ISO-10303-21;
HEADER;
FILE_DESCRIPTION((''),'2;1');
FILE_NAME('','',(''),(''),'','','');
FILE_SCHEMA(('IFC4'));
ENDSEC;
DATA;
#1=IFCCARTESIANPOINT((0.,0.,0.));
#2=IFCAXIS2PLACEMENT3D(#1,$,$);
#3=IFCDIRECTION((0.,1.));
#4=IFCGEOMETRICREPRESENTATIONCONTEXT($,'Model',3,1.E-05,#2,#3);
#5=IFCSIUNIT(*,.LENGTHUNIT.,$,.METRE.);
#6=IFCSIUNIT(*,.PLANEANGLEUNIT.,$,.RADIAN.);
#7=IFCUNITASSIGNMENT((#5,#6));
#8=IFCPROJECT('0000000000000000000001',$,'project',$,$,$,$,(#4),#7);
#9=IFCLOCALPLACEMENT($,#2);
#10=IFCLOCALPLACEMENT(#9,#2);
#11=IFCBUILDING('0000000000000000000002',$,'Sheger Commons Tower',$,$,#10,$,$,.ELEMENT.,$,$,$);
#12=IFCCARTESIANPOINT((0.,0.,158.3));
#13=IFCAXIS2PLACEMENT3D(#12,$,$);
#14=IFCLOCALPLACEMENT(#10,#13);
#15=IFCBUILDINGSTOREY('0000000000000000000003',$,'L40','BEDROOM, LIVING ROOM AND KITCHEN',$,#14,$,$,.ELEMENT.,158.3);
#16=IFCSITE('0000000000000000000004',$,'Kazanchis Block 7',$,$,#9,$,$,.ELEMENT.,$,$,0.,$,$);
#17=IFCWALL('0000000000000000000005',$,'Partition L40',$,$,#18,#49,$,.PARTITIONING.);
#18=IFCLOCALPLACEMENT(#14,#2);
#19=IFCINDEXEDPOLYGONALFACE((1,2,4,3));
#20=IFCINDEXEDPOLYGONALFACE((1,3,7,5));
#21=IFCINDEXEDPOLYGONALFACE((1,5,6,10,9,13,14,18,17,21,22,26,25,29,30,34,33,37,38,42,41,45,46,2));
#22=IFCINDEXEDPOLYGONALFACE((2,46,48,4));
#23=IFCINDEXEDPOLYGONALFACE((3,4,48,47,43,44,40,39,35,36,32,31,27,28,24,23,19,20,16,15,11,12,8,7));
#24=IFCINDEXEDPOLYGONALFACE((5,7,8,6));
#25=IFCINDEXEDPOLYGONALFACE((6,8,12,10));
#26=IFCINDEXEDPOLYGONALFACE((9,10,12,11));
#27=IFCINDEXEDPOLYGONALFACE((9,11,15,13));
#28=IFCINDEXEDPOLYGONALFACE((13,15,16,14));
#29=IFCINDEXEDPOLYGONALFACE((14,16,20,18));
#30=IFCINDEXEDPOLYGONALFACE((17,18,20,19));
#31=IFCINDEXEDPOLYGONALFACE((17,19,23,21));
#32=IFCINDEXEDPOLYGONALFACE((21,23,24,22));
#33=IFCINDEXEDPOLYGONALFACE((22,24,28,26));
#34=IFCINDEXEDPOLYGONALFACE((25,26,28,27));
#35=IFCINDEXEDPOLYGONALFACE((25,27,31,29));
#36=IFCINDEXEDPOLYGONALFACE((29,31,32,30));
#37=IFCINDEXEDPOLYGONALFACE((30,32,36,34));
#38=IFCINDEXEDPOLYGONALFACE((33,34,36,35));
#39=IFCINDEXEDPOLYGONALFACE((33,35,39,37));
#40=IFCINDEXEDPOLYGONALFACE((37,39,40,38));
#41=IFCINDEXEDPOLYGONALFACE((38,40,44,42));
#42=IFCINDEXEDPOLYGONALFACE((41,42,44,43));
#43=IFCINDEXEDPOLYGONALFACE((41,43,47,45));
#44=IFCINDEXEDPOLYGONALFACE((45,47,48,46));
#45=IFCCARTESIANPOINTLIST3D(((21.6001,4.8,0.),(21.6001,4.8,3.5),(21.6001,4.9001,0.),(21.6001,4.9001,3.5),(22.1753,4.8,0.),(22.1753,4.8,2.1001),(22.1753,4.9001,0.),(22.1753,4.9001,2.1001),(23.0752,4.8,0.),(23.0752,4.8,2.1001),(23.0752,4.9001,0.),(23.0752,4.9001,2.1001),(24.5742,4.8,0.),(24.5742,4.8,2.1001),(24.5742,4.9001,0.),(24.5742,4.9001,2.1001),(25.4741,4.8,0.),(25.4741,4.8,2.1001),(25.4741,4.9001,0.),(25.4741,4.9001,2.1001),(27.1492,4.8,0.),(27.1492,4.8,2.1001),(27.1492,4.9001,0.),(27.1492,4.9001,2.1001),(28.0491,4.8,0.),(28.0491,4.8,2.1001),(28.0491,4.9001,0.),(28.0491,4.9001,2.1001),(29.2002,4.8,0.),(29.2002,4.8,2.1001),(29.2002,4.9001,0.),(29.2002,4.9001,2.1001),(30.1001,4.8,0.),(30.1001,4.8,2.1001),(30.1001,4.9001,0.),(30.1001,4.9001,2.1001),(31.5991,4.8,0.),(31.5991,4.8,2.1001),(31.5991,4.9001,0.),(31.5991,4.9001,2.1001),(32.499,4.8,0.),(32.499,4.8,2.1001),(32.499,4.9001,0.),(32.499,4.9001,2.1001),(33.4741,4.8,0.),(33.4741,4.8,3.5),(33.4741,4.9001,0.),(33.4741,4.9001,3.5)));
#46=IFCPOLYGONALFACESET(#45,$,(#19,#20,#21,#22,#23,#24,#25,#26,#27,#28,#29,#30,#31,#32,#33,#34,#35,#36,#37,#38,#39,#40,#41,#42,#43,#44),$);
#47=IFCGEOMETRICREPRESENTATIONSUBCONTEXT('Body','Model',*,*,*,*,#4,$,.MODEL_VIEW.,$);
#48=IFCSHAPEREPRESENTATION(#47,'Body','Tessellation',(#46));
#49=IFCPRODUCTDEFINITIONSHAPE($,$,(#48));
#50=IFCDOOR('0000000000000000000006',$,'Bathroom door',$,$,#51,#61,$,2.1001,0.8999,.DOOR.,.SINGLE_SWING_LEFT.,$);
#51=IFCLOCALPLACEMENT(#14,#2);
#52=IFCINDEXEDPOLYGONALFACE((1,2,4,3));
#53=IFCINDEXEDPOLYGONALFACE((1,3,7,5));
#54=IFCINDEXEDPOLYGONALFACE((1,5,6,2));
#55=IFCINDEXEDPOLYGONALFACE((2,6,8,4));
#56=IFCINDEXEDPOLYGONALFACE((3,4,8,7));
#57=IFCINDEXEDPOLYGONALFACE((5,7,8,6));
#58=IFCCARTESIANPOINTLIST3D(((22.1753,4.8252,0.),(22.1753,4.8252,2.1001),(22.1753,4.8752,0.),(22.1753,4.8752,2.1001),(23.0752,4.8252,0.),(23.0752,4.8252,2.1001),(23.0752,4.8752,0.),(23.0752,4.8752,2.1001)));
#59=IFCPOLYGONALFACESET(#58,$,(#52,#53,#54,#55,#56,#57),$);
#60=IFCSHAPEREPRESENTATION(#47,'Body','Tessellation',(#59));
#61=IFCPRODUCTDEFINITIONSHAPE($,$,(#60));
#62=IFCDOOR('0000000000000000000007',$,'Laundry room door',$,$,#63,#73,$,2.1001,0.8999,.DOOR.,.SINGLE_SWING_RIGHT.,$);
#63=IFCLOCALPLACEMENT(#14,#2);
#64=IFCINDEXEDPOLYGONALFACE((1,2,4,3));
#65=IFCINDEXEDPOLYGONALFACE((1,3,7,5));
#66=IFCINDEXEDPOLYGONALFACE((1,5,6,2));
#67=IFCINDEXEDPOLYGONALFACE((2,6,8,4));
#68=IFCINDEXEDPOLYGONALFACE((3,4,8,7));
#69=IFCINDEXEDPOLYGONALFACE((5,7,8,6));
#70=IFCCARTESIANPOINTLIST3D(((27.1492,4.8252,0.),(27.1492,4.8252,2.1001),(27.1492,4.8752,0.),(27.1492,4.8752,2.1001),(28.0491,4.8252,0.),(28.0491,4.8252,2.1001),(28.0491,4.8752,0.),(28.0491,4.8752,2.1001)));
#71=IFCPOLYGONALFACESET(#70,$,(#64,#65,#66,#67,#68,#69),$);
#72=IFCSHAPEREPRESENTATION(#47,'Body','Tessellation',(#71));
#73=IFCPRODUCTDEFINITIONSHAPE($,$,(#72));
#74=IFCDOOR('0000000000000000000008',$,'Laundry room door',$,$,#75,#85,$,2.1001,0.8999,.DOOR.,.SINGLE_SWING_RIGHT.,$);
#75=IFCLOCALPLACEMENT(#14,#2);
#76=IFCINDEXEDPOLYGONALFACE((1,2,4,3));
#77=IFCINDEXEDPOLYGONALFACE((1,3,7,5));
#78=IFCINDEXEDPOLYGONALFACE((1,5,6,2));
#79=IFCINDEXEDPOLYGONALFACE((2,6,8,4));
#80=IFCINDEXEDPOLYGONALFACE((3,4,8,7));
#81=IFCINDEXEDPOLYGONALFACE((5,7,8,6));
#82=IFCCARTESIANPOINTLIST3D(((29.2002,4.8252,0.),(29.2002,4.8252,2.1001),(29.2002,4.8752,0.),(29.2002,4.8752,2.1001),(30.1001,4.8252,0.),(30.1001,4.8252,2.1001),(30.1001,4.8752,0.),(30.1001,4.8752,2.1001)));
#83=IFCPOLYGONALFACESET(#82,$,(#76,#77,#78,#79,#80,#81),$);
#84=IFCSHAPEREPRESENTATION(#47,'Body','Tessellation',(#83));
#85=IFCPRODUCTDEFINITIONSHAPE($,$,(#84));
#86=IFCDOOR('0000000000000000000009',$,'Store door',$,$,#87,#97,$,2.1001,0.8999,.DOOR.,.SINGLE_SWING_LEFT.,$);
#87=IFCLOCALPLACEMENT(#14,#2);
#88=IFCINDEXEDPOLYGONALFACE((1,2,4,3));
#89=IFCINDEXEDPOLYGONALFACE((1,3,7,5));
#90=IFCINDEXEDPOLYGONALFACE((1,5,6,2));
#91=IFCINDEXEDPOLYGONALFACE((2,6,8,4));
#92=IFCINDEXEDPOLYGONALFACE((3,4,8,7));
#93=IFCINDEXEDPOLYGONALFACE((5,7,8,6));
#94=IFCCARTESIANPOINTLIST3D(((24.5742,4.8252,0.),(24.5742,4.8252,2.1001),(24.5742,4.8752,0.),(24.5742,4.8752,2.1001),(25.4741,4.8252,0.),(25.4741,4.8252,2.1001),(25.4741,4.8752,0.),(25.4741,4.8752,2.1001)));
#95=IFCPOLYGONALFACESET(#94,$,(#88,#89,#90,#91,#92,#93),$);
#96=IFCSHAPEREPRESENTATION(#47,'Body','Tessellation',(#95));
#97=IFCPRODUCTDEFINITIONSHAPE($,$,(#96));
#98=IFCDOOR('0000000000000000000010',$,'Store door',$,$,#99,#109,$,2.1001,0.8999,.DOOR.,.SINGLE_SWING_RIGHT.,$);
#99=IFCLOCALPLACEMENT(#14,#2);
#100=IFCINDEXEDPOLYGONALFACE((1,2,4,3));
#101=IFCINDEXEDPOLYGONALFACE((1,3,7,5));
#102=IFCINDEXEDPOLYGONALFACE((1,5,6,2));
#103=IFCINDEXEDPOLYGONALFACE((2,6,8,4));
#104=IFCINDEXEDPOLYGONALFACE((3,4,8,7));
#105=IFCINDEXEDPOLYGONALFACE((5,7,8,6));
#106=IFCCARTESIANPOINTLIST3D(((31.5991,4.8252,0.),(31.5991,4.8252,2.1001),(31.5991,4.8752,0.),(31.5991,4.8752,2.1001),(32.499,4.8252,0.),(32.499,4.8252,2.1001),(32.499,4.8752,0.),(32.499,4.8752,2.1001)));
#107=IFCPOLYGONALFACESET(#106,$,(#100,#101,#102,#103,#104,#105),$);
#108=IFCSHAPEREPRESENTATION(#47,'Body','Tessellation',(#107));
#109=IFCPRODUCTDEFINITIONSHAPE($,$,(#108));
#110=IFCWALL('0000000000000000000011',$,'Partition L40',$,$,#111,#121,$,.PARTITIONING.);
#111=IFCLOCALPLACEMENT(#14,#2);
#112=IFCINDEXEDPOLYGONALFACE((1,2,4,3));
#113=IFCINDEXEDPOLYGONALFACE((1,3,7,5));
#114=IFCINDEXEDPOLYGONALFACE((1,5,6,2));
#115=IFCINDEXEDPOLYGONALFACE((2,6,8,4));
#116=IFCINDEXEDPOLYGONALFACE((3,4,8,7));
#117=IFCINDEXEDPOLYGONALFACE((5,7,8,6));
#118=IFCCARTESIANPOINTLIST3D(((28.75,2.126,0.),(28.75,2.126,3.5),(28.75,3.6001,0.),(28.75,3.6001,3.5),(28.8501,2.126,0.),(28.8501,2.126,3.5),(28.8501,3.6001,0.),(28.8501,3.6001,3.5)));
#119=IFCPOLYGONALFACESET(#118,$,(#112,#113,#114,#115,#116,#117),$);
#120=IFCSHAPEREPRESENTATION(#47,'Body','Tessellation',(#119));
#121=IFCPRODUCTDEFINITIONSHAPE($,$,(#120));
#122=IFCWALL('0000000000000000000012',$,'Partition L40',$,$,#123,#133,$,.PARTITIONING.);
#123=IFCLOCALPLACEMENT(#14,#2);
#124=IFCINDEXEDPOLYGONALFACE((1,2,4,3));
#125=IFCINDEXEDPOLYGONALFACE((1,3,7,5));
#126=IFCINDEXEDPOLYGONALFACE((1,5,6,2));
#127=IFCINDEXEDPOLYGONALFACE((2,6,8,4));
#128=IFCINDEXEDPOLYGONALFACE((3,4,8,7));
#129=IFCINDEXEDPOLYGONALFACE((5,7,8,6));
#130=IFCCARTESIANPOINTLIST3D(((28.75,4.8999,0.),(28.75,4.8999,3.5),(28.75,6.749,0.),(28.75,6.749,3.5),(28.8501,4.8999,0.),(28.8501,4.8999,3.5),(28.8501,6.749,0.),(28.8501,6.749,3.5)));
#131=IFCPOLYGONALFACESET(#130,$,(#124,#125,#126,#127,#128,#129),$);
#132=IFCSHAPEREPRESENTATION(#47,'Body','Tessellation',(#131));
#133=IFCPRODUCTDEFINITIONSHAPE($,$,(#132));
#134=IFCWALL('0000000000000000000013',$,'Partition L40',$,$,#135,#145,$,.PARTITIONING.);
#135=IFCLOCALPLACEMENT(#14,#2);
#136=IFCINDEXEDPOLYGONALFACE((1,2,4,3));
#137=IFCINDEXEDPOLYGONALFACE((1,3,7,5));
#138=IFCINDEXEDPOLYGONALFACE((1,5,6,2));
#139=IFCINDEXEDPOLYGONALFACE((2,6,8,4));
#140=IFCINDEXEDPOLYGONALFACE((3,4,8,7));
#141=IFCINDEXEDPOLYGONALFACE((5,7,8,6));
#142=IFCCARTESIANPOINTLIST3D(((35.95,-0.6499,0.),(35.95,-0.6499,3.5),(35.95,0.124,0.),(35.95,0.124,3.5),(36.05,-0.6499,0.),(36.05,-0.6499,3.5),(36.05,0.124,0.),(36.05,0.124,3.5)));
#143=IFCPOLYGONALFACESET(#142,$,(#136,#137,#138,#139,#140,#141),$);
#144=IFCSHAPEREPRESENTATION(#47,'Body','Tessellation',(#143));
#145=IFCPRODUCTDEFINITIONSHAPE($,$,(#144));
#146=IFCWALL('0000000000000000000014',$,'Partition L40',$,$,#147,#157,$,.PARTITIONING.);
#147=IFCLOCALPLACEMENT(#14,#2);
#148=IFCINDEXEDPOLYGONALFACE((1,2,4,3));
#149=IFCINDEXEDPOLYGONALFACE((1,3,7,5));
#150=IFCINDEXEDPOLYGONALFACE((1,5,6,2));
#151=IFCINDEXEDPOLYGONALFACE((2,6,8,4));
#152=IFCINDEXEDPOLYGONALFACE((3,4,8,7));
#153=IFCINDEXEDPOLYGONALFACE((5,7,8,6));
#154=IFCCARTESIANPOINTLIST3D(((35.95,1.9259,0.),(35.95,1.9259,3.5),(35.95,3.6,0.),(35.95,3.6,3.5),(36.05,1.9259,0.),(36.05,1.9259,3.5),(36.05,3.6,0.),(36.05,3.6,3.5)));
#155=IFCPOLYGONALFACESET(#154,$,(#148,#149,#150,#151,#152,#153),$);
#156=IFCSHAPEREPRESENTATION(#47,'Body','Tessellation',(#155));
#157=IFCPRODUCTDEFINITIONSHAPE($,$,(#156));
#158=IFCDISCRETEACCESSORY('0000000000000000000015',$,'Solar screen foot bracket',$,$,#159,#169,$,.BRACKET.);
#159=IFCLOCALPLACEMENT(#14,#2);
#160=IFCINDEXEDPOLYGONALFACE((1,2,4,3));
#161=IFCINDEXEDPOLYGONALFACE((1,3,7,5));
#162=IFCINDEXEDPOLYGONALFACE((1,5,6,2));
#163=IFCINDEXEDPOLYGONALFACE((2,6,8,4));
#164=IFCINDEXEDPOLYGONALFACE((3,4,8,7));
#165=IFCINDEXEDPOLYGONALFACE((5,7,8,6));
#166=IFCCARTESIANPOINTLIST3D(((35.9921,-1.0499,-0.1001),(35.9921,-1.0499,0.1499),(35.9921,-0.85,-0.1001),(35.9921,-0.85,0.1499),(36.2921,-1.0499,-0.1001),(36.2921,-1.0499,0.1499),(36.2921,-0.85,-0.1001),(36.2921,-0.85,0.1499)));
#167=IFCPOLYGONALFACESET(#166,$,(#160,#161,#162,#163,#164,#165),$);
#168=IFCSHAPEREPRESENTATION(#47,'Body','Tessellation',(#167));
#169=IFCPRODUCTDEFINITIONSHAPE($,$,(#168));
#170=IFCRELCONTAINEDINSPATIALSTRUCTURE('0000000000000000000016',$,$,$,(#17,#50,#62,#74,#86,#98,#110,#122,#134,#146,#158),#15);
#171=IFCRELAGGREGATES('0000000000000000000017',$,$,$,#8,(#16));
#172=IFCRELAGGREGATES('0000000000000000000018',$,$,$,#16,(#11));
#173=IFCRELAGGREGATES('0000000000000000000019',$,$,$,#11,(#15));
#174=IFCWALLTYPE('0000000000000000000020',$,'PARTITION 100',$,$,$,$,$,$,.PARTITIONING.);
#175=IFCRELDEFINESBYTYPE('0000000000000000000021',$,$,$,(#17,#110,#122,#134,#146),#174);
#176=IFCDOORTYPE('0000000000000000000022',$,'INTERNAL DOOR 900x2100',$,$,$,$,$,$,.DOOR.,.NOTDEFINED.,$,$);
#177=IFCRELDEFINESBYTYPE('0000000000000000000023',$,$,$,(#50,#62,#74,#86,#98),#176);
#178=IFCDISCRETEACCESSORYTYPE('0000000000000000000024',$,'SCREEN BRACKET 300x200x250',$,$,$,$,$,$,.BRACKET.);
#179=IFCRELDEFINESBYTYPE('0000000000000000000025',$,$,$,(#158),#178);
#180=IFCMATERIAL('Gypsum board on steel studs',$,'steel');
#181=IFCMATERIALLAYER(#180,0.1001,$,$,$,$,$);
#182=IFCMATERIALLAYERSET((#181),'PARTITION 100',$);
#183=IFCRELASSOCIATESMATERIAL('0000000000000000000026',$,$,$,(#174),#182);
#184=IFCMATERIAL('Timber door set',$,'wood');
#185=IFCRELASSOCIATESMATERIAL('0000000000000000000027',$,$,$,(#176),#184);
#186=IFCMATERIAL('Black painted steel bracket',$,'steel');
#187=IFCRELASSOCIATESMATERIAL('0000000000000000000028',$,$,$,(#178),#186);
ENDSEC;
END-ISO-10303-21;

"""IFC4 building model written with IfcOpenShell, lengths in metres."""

from ifc_helpers import new_model, si_unit, direction, frame, frame_2d, origin, origin_2d, place, context, subcontext, project, spatial, rectangle, extrude, material, layer, layer_set, type_object, element, fill, save


model = new_model("IFC4")

# Units and contexts
model_context = context("Model", 3, precision=1e-05, world=origin(), true_north=direction((0.0, 1.0)))
body_context = subcontext(model_context, "Body", "Model", "MODEL_VIEW")
ifc_project = project(units=[si_unit("LENGTHUNIT", "METRE"), si_unit("PLANEANGLEUNIT", "RADIAN")], contexts=[model_context])

# Site, building, storey
site_placement = place(None, origin())
site = spatial("IfcSite", under=ifc_project, at=site_placement, Name="Kazanchis Block 7", CompositionType="ELEMENT", RefElevation=0.0)
building_placement = place(site_placement, origin())
building = spatial("IfcBuilding", under=site, at=building_placement, Name="Sheger Commons Tower", CompositionType="ELEMENT")
storey_placement = place(building_placement, frame((0.0, 0.0, 158.3)))
storey = spatial("IfcBuildingStorey", under=building, at=storey_placement, Name="L40", Description="BEDROOM, LIVING ROOM AND KITCHEN", CompositionType="ELEMENT", Elevation=158.3)

# Wall, openings, doors
ifc_material_1 = material(Name="Gypsum board on steel studs", Category="steel")
ifc_layer_1 = layer(ifc_material_1, 0.1001)
ifc_layer_set_1 = layer_set([ifc_layer_1], Name="PARTITION 100")
wall_type_1 = type_object("IfcWallType", Name="PARTITION 100", PredefinedType="PARTITIONING", material=ifc_layer_set_1)
ifc_material_2 = material(Name="Timber door set", Category="wood")
door_type = type_object("IfcDoorType", Name="INTERNAL DOOR 900x2100", OperationType="NOTDEFINED", PredefinedType="DOOR", material=ifc_material_2)
wall_1_placement = place(storey_placement, frame((33.4741, 4.8501, 0.0), z_axis=(0.0, 0.0, 1.0), x_axis=(-1.0, 0.0, 0.0)))
wall_1 = element("IfcWall", 1, at=wall_1_placement, inside=storey, type_object=wall_type_1, Name="Partition L40", PredefinedType="PARTITIONING", context=body_context, shape_type="SweptSolid", body=[
    extrude(rectangle(XDim=11.874, YDim=0.1001, at=frame_2d((5.937, 0.0))), origin(), (0.0, 0.0, 1.0), 3.5),
])
opening_1_placement = place(wall_1_placement, frame((10.3989, 0.0, 0.0)))
opening_1 = element("IfcOpeningElement", 2, at=opening_1_placement, cuts=wall_1, PredefinedType="OPENING", context=body_context, shape_type="SweptSolid", body=[
    extrude(rectangle(XDim=0.8999, YDim=2.1001, at=frame_2d((0.45, 1.05))), frame((0.0, 0.0601, 0.0), z_axis=(0.0, -1.0, 0.0), x_axis=(1.0, 0.0, 0.0)), (0.0, 0.0, 1.0), 0.1201),
])
opening_2_placement = place(wall_1_placement, frame((5.425, 0.0, 0.0)))
opening_2 = element("IfcOpeningElement", 3, at=opening_2_placement, cuts=wall_1, PredefinedType="OPENING", context=body_context, shape_type="SweptSolid", body=[
    extrude(rectangle(XDim=0.8999, YDim=2.1001, at=frame_2d((0.45, 1.05))), frame((0.0, 0.0601, 0.0), z_axis=(0.0, -1.0, 0.0), x_axis=(1.0, 0.0, 0.0)), (0.0, 0.0, 1.0), 0.1201),
])
opening_3_placement = place(wall_1_placement, frame((3.374, 0.0, 0.0)))
opening_3 = element("IfcOpeningElement", 4, at=opening_3_placement, cuts=wall_1, PredefinedType="OPENING", context=body_context, shape_type="SweptSolid", body=[
    extrude(rectangle(XDim=0.8999, YDim=2.1001, at=frame_2d((0.45, 1.05))), frame((0.0, 0.0601, 0.0), z_axis=(0.0, -1.0, 0.0), x_axis=(1.0, 0.0, 0.0)), (0.0, 0.0, 1.0), 0.1201),
])
opening_4_placement = place(wall_1_placement, frame((8.0, 0.0, 0.0)))
opening_4 = element("IfcOpeningElement", 5, at=opening_4_placement, cuts=wall_1, PredefinedType="OPENING", context=body_context, shape_type="SweptSolid", body=[
    extrude(rectangle(XDim=0.8999, YDim=2.1001, at=frame_2d((0.45, 1.05))), frame((0.0, 0.0601, 0.0), z_axis=(0.0, -1.0, 0.0), x_axis=(1.0, 0.0, 0.0)), (0.0, 0.0, 1.0), 0.1201),
])
opening_5_placement = place(wall_1_placement, frame((0.9751, 0.0, 0.0)))
opening_5 = element("IfcOpeningElement", 6, at=opening_5_placement, cuts=wall_1, PredefinedType="OPENING", context=body_context, shape_type="SweptSolid", body=[
    extrude(rectangle(XDim=0.8999, YDim=2.1001, at=frame_2d((0.45, 1.05))), frame((0.0, 0.0601, 0.0), z_axis=(0.0, -1.0, 0.0), x_axis=(1.0, 0.0, 0.0)), (0.0, 0.0, 1.0), 0.1201),
])
door_1_placement = place(opening_1_placement, origin())
door_1 = element("IfcDoor", 7, at=door_1_placement, inside=storey, type_object=door_type, Name="Bathroom door", OperationType="SINGLE_SWING_LEFT", OverallHeight=2.1001, OverallWidth=0.8999, PredefinedType="DOOR", context=body_context, shape_type="SweptSolid", body=[
    extrude(rectangle(XDim=0.8999, YDim=2.1001, at=frame_2d((0.45, 1.05))), frame((0.0, 0.0249, 0.0), z_axis=(0.0, -1.0, 0.0), x_axis=(1.0, 0.0, 0.0)), (0.0, 0.0, 1.0), 0.05),
])
fill(opening_1, door_1)
door_2_placement = place(opening_2_placement, origin())
door_2 = element("IfcDoor", 8, at=door_2_placement, inside=storey, type_object=door_type, Name="Laundry room door", OperationType="SINGLE_SWING_RIGHT", OverallHeight=2.1001, OverallWidth=0.8999, PredefinedType="DOOR", context=body_context, shape_type="SweptSolid", body=[
    extrude(rectangle(XDim=0.8999, YDim=2.1001, at=frame_2d((0.45, 1.05))), frame((0.0, 0.0249, 0.0), z_axis=(0.0, -1.0, 0.0), x_axis=(1.0, 0.0, 0.0)), (0.0, 0.0, 1.0), 0.05),
])
fill(opening_2, door_2)
door_3_placement = place(opening_3_placement, origin())
door_3 = element("IfcDoor", 9, at=door_3_placement, inside=storey, type_object=door_type, Name="Laundry room door", OperationType="SINGLE_SWING_RIGHT", OverallHeight=2.1001, OverallWidth=0.8999, PredefinedType="DOOR", context=body_context, shape_type="SweptSolid", body=[
    extrude(rectangle(XDim=0.8999, YDim=2.1001, at=frame_2d((0.45, 1.05))), frame((0.0, 0.0249, 0.0), z_axis=(0.0, -1.0, 0.0), x_axis=(1.0, 0.0, 0.0)), (0.0, 0.0, 1.0), 0.05),
])
fill(opening_3, door_3)
door_4_placement = place(opening_4_placement, origin())
door_4 = element("IfcDoor", 10, at=door_4_placement, inside=storey, type_object=door_type, Name="Store door", OperationType="SINGLE_SWING_LEFT", OverallHeight=2.1001, OverallWidth=0.8999, PredefinedType="DOOR", context=body_context, shape_type="SweptSolid", body=[
    extrude(rectangle(XDim=0.8999, YDim=2.1001, at=frame_2d((0.45, 1.05))), frame((0.0, 0.0249, 0.0), z_axis=(0.0, -1.0, 0.0), x_axis=(1.0, 0.0, 0.0)), (0.0, 0.0, 1.0), 0.05),
])
fill(opening_4, door_4)
door_5_placement = place(opening_5_placement, origin())
door_5 = element("IfcDoor", 11, at=door_5_placement, inside=storey, type_object=door_type, Name="Store door", OperationType="SINGLE_SWING_RIGHT", OverallHeight=2.1001, OverallWidth=0.8999, PredefinedType="DOOR", context=body_context, shape_type="SweptSolid", body=[
    extrude(rectangle(XDim=0.8999, YDim=2.1001, at=frame_2d((0.45, 1.05))), frame((0.0, 0.0249, 0.0), z_axis=(0.0, -1.0, 0.0), x_axis=(1.0, 0.0, 0.0)), (0.0, 0.0, 1.0), 0.05),
])
fill(opening_5, door_5)

# Walls
wall_2_placement = place(storey_placement, frame((28.8, 2.126, 0.0), z_axis=(0.0, 0.0, 1.0), x_axis=(0.0, 1.0, 0.0)))
element("IfcWall", 12, at=wall_2_placement, inside=storey, type_object=wall_type_1, Name="Partition L40", PredefinedType="PARTITIONING", context=body_context, shape_type="SweptSolid", body=[
    extrude(rectangle(XDim=1.4741, YDim=0.1001, at=frame_2d((0.7371, 0.0))), origin(), (0.0, 0.0, 1.0), 3.5),
])
wall_3_placement = place(storey_placement, frame((28.8, 4.8999, 0.0), z_axis=(0.0, 0.0, 1.0), x_axis=(0.0, 1.0, 0.0)))
element("IfcWall", 13, at=wall_3_placement, inside=storey, type_object=wall_type_1, Name="Partition L40", PredefinedType="PARTITIONING", context=body_context, shape_type="SweptSolid", body=[
    extrude(rectangle(XDim=1.8491, YDim=0.1001, at=frame_2d((0.9246, 0.0))), origin(), (0.0, 0.0, 1.0), 3.5),
])
wall_4_placement = place(storey_placement, frame((36.0, -0.6499, 0.0), z_axis=(0.0, 0.0, 1.0), x_axis=(0.0, 1.0, 0.0)))
element("IfcWall", 14, at=wall_4_placement, inside=storey, type_object=wall_type_1, Name="Partition L40", PredefinedType="PARTITIONING", context=body_context, shape_type="SweptSolid", body=[
    extrude(rectangle(XDim=0.7739, YDim=0.1001, at=frame_2d((0.387, 0.0))), origin(), (0.0, 0.0, 1.0), 3.5),
])
wall_5_placement = place(storey_placement, frame((36.0, 1.926, 0.0), z_axis=(0.0, 0.0, 1.0), x_axis=(0.0, 1.0, 0.0)))
element("IfcWall", 15, at=wall_5_placement, inside=storey, type_object=wall_type_1, Name="Partition L40", PredefinedType="PARTITIONING", context=body_context, shape_type="SweptSolid", body=[
    extrude(rectangle(XDim=1.6741, YDim=0.1001, at=frame_2d((0.8369, 0.0))), origin(), (0.0, 0.0, 1.0), 3.5),
])

# Discrete accessory
ifc_material_3 = material(Name="Black painted steel bracket", Category="steel")
discrete_accessory_type = type_object("IfcDiscreteAccessoryType", Name="SCREEN BRACKET 300x200x250", PredefinedType="BRACKET", material=ifc_material_3)
for number, where, z_axis, x_axis, name in (
    (16, (36.1421, -0.95, -0.1001), (0.0, 0.0, 1.0), (1.0, 0.0, 0.0), "Solar screen foot bracket"),
):
    element("IfcDiscreteAccessory", number, at=place(storey_placement, frame(where, z_axis=z_axis, x_axis=x_axis)), inside=storey, type_object=discrete_accessory_type, Name=name, PredefinedType="BRACKET", context=body_context, shape_type="SweptSolid", body=[
        extrude(rectangle(XDim=0.3, YDim=0.2, at=origin_2d()), origin(), (0.0, 0.0, 1.0), 0.25),
    ])

save(model, "model.ifc")
